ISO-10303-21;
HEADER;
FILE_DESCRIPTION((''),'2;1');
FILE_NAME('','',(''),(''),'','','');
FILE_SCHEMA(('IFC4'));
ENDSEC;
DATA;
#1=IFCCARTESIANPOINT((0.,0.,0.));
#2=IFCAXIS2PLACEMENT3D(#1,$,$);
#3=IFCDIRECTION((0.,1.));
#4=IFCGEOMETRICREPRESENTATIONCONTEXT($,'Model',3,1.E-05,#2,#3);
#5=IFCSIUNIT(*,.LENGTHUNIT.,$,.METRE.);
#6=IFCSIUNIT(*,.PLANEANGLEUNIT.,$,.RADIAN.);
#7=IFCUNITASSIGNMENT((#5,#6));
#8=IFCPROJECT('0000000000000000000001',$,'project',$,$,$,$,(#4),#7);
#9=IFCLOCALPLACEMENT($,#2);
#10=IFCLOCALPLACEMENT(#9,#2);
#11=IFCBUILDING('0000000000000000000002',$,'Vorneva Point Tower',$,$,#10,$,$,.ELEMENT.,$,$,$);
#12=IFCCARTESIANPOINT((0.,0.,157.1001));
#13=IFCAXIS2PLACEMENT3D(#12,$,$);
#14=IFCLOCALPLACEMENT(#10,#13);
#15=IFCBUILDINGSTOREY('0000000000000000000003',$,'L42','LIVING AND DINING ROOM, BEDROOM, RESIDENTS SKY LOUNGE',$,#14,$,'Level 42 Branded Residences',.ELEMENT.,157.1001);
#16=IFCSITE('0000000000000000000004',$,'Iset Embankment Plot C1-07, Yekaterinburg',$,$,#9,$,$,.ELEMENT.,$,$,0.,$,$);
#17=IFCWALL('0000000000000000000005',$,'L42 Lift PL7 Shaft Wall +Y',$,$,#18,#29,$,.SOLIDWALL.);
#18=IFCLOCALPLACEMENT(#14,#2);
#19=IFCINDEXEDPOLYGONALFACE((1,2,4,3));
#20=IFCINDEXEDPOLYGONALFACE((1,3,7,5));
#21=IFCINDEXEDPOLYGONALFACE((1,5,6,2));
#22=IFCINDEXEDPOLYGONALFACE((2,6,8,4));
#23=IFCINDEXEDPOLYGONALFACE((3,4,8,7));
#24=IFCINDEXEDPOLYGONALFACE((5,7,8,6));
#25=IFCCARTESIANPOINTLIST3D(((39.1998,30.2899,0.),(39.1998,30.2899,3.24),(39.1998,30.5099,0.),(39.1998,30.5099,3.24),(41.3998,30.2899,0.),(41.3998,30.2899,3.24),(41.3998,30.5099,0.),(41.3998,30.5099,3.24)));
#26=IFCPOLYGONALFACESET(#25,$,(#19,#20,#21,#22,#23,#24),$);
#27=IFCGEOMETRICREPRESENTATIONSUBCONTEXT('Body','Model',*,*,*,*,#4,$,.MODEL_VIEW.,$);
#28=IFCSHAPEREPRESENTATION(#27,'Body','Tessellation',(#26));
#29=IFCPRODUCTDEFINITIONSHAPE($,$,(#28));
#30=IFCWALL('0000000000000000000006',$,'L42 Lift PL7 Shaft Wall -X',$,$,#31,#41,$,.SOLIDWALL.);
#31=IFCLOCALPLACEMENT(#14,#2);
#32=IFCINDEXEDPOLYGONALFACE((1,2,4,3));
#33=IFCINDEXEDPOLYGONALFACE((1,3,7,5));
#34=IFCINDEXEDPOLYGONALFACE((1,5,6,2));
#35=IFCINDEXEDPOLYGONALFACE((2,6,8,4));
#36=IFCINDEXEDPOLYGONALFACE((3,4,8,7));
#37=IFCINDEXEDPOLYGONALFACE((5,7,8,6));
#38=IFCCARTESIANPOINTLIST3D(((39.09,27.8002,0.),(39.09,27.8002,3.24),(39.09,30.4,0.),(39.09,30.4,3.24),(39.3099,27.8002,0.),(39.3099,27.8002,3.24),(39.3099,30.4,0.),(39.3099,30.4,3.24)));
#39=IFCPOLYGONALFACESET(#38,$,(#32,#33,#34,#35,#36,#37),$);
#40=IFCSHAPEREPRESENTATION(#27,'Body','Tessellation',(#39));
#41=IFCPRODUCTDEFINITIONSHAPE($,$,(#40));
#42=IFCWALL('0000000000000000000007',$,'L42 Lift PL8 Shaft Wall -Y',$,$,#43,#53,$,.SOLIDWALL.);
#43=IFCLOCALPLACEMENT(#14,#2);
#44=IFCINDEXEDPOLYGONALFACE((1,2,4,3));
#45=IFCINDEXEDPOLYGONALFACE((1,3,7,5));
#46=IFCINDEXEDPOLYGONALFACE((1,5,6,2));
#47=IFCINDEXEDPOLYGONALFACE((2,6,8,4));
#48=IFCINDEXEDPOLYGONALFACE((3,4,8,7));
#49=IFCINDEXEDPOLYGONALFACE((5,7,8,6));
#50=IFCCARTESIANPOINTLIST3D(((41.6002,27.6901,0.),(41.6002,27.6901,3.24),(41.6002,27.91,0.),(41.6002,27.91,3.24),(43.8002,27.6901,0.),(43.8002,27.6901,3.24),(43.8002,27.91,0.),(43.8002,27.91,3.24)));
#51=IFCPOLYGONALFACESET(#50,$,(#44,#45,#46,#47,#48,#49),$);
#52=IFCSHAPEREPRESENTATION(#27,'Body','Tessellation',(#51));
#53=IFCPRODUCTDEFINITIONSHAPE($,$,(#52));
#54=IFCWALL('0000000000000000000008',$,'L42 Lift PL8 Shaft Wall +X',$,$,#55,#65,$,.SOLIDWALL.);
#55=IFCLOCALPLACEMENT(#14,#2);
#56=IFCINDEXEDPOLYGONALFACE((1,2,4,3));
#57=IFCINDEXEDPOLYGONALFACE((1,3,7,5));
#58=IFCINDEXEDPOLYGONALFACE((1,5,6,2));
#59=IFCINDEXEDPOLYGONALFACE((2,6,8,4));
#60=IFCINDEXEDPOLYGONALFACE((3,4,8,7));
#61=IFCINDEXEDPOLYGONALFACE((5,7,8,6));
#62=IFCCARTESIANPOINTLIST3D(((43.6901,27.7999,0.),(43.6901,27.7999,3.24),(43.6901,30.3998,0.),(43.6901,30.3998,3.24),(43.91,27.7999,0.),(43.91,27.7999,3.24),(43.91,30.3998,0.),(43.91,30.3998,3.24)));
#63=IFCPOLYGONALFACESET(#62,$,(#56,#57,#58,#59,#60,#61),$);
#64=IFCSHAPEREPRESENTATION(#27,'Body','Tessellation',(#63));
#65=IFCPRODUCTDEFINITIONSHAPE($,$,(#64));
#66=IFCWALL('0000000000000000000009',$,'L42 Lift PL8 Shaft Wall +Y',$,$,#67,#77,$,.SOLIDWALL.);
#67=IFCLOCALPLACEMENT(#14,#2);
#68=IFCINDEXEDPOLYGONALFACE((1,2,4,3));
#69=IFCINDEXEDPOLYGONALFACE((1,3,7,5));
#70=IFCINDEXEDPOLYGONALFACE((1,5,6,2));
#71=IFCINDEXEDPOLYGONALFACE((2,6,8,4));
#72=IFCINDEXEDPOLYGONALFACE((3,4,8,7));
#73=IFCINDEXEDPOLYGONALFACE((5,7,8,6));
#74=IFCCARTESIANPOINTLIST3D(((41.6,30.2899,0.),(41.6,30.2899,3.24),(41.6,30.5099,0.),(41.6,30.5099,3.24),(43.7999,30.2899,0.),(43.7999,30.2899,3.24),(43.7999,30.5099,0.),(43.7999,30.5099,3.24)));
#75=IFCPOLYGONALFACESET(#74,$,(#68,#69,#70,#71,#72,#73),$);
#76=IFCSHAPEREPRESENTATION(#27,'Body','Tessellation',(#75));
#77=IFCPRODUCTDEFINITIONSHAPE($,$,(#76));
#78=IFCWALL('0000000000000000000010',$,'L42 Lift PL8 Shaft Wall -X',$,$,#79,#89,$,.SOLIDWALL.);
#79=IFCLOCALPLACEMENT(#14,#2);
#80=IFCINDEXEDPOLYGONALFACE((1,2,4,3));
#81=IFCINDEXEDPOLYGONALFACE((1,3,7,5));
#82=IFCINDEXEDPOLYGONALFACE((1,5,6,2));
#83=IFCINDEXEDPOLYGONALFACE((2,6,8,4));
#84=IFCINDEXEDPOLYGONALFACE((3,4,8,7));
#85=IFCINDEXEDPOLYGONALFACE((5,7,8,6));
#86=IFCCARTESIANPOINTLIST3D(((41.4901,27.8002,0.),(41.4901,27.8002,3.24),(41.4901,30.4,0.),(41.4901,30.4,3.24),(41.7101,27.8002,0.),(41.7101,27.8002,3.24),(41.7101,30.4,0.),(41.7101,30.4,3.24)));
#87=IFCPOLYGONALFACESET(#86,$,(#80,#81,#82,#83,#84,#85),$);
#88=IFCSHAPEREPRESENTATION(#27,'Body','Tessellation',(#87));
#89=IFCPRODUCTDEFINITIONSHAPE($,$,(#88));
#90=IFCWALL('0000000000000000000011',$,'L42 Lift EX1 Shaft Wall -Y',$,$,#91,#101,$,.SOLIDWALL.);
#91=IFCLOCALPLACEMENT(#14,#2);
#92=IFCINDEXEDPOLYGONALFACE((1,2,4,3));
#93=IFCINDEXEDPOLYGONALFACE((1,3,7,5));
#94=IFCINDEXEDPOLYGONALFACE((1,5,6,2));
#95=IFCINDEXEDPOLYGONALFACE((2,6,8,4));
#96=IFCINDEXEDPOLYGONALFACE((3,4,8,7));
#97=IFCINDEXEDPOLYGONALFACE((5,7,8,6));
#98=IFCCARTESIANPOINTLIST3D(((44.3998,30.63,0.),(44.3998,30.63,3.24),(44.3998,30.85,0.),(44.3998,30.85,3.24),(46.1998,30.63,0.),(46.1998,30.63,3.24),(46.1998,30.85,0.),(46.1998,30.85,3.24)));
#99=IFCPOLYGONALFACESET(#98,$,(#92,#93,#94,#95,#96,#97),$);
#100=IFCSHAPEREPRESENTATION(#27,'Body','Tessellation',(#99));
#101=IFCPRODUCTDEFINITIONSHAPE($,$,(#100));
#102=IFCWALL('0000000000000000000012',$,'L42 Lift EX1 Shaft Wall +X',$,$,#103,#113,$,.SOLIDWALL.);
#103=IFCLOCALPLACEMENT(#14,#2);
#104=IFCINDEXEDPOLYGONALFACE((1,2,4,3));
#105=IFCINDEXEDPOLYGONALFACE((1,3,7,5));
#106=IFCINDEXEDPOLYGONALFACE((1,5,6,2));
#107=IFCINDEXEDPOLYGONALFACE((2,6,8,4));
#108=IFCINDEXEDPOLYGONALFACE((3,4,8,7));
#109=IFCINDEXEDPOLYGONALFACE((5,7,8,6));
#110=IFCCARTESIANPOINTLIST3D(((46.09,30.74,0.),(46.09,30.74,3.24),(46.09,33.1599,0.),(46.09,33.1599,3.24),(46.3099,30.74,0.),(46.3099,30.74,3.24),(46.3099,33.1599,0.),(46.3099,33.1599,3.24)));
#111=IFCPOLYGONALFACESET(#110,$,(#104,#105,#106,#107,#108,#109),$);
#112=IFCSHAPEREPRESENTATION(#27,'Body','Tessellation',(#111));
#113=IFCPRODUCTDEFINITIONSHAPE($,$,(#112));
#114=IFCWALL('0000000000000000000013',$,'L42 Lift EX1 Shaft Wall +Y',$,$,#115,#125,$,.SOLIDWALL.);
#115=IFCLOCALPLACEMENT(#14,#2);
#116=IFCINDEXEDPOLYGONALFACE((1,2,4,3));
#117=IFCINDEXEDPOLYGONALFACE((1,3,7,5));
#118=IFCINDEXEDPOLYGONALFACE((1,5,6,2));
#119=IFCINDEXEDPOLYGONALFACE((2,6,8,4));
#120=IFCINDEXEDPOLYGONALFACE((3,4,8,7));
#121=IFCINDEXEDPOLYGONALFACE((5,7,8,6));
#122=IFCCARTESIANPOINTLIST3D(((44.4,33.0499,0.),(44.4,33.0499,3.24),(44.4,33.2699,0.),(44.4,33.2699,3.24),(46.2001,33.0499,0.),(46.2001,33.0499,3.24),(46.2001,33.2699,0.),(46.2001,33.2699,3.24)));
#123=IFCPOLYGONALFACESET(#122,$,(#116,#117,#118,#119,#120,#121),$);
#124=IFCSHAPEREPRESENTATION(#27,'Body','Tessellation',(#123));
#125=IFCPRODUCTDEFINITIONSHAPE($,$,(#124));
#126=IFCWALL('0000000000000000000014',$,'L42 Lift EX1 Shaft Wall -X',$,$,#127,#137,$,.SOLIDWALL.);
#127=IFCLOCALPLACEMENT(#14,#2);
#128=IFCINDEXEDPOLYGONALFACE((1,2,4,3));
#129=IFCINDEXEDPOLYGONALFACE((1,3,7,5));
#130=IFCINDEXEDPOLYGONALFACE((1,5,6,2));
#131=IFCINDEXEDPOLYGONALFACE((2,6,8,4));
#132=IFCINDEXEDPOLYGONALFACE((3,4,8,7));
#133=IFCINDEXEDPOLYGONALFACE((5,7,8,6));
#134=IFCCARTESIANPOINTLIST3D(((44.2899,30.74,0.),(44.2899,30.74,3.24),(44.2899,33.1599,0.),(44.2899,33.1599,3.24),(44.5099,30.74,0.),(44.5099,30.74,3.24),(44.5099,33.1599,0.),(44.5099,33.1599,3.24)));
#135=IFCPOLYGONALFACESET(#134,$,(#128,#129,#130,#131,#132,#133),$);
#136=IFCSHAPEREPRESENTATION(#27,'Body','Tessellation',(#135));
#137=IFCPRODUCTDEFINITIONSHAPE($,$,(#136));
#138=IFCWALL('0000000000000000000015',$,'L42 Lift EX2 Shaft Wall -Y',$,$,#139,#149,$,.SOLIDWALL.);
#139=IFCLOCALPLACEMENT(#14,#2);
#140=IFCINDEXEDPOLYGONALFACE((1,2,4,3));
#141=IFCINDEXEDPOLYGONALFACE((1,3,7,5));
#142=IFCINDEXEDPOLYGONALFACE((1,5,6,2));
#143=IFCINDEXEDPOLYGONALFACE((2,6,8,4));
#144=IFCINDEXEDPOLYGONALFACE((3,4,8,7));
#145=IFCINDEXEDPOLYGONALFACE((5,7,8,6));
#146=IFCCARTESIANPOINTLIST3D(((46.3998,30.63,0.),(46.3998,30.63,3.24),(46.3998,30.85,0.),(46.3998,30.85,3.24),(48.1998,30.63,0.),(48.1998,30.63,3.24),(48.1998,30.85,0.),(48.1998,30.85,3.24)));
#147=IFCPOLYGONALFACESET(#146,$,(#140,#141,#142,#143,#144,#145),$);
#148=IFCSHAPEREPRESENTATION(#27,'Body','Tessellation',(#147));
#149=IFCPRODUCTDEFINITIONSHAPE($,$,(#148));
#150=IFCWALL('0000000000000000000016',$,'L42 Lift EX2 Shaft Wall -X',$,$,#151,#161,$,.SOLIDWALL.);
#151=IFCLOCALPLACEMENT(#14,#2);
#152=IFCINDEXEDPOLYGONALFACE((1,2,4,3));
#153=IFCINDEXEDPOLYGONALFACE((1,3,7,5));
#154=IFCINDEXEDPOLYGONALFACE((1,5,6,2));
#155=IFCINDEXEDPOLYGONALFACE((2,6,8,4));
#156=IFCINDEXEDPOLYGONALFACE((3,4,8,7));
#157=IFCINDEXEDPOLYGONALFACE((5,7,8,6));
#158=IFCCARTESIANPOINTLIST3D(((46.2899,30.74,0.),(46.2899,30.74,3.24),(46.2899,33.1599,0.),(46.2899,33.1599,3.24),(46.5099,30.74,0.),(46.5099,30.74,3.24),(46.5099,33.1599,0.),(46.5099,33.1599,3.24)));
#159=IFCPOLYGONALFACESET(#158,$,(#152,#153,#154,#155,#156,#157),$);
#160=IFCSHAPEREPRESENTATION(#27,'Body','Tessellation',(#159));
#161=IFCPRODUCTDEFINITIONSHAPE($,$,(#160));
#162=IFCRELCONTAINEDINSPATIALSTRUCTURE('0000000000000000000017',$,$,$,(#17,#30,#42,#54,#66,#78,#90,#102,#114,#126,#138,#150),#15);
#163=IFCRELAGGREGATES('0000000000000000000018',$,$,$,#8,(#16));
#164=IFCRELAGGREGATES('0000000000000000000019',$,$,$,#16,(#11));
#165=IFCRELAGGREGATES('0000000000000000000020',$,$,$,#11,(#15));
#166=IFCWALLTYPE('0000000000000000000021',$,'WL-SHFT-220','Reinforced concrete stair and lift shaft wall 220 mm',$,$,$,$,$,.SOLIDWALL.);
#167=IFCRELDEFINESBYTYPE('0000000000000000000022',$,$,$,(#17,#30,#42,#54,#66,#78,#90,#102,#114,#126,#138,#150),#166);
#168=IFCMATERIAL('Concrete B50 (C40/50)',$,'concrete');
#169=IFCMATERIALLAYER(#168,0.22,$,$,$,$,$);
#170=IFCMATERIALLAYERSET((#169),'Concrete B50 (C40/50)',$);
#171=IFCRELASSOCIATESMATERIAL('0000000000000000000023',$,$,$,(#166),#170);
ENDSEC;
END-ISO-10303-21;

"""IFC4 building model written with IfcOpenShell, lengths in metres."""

from ifc_helpers import new_model, si_unit, direction, frame, frame_2d, origin, place, context, subcontext, project, spatial, rectangle, extrude, material, layer, layer_set, type_object, element, save


model = new_model("IFC4")

# Units and contexts
model_context = context("Model", 3, precision=1e-05, world=origin(), true_north=direction((0.0, 1.0)))
body_context = subcontext(model_context, "Body", "Model", "MODEL_VIEW")
ifc_project = project(units=[si_unit("LENGTHUNIT", "METRE"), si_unit("PLANEANGLEUNIT", "RADIAN")], contexts=[model_context])

# Site, building, storey
site_placement = place(None, origin())
site = spatial("IfcSite", under=ifc_project, at=site_placement, Name="Iset Embankment Plot C1-07, Yekaterinburg", CompositionType="ELEMENT", RefElevation=0.0)
building_placement = place(site_placement, origin())
building = spatial("IfcBuilding", under=site, at=building_placement, Name="Vorneva Point Tower", CompositionType="ELEMENT")
storey_placement = place(building_placement, frame((0.0, 0.0, 157.1001)))
storey = spatial("IfcBuildingStorey", under=building, at=storey_placement, Name="L42", Description="LIVING AND DINING ROOM, BEDROOM, RESIDENTS SKY LOUNGE", LongName="Level 42 Branded Residences", CompositionType="ELEMENT", Elevation=157.1001)

# Walls
ifc_material_1 = material(Name="Concrete B50 (C40/50)", Category="concrete")
ifc_layer_1 = layer(ifc_material_1, 0.22)
ifc_layer_set_1 = layer_set([ifc_layer_1], Name="Concrete B50 (C40/50)")
wall_type_1 = type_object("IfcWallType", Name="WL-SHFT-220", Description="Reinforced concrete stair and lift shaft wall 220 mm", PredefinedType="SOLIDWALL", material=ifc_layer_set_1)
wall_1_placement = place(storey_placement, frame((41.3999, 30.3999, 0.0), z_axis=(0.0, 0.0, 1.0), x_axis=(-1.0, 0.0, 0.0)))
element("IfcWall", 1, at=wall_1_placement, inside=storey, type_object=wall_type_1, Name="L42 Lift PL7 Shaft Wall +Y", PredefinedType="SOLIDWALL", context=body_context, shape_type="SweptSolid", body=[
    extrude(rectangle(XDim=2.2, YDim=0.22, at=frame_2d((1.1001, 0.0))), origin(), (0.0, 0.0, 1.0), 3.24),
])
wall_2_placement = place(storey_placement, frame((39.2, 30.3999, 0.0), z_axis=(0.0, 0.0, 1.0), x_axis=(0.0, -1.0, 0.0)))
element("IfcWall", 2, at=wall_2_placement, inside=storey, type_object=wall_type_1, Name="L42 Lift PL7 Shaft Wall -X", PredefinedType="SOLIDWALL", context=body_context, shape_type="SweptSolid", body=[
    extrude(rectangle(XDim=2.5999, YDim=0.22, at=frame_2d((1.2998, 0.0))), origin(), (0.0, 0.0, 1.0), 3.24),
])
wall_3_placement = place(storey_placement, frame((41.6001, 27.8, 0.0), z_axis=(0.0, 0.0, 1.0), x_axis=(1.0, 0.0, 0.0)))
element("IfcWall", 3, at=wall_3_placement, inside=storey, type_object=wall_type_1, Name="L42 Lift PL8 Shaft Wall -Y", PredefinedType="SOLIDWALL", context=body_context, shape_type="SweptSolid", body=[
    extrude(rectangle(XDim=2.2, YDim=0.22, at=frame_2d((1.1001, 0.0))), origin(), (0.0, 0.0, 1.0), 3.24),
])
wall_4_placement = place(storey_placement, frame((43.8, 27.8, 0.0), z_axis=(0.0, 0.0, 1.0), x_axis=(0.0, 1.0, 0.0)))
element("IfcWall", 4, at=wall_4_placement, inside=storey, type_object=wall_type_1, Name="L42 Lift PL8 Shaft Wall +X", PredefinedType="SOLIDWALL", context=body_context, shape_type="SweptSolid", body=[
    extrude(rectangle(XDim=2.5999, YDim=0.22, at=frame_2d((1.2998, 0.0))), origin(), (0.0, 0.0, 1.0), 3.24),
])
wall_5_placement = place(storey_placement, frame((43.8, 30.3999, 0.0), z_axis=(0.0, 0.0, 1.0), x_axis=(-1.0, 0.0, 0.0)))
element("IfcWall", 5, at=wall_5_placement, inside=storey, type_object=wall_type_1, Name="L42 Lift PL8 Shaft Wall +Y", PredefinedType="SOLIDWALL", context=body_context, shape_type="SweptSolid", body=[
    extrude(rectangle(XDim=2.2, YDim=0.22, at=frame_2d((1.1001, 0.0))), origin(), (0.0, 0.0, 1.0), 3.24),
])
wall_6_placement = place(storey_placement, frame((41.6001, 30.3999, 0.0), z_axis=(0.0, 0.0, 1.0), x_axis=(0.0, -1.0, 0.0)))
element("IfcWall", 6, at=wall_6_placement, inside=storey, type_object=wall_type_1, Name="L42 Lift PL8 Shaft Wall -X", PredefinedType="SOLIDWALL", context=body_context, shape_type="SweptSolid", body=[
    extrude(rectangle(XDim=2.5999, YDim=0.22, at=frame_2d((1.2998, 0.0))), origin(), (0.0, 0.0, 1.0), 3.24),
])
wall_7_placement = place(storey_placement, frame((44.3999, 30.74, 0.0), z_axis=(0.0, 0.0, 1.0), x_axis=(1.0, 0.0, 0.0)))
element("IfcWall", 7, at=wall_7_placement, inside=storey, type_object=wall_type_1, Name="L42 Lift EX1 Shaft Wall -Y", PredefinedType="SOLIDWALL", context=body_context, shape_type="SweptSolid", body=[
    extrude(rectangle(XDim=1.8, YDim=0.22, at=frame_2d((0.8999, 0.0))), origin(), (0.0, 0.0, 1.0), 3.24),
])
wall_8_placement = place(storey_placement, frame((46.2, 30.74, 0.0), z_axis=(0.0, 0.0, 1.0), x_axis=(0.0, 1.0, 0.0)))
element("IfcWall", 8, at=wall_8_placement, inside=storey, type_object=wall_type_1, Name="L42 Lift EX1 Shaft Wall +X", PredefinedType="SOLIDWALL", context=body_context, shape_type="SweptSolid", body=[
    extrude(rectangle(XDim=2.4199, YDim=0.22, at=frame_2d((1.21, 0.0))), origin(), (0.0, 0.0, 1.0), 3.24),
])
wall_9_placement = place(storey_placement, frame((46.2, 33.1599, 0.0), z_axis=(0.0, 0.0, 1.0), x_axis=(-1.0, 0.0, 0.0)))
element("IfcWall", 9, at=wall_9_placement, inside=storey, type_object=wall_type_1, Name="L42 Lift EX1 Shaft Wall +Y", PredefinedType="SOLIDWALL", context=body_context, shape_type="SweptSolid", body=[
    extrude(rectangle(XDim=1.8, YDim=0.22, at=frame_2d((0.8999, 0.0))), origin(), (0.0, 0.0, 1.0), 3.24),
])
wall_10_placement = place(storey_placement, frame((44.3999, 33.1599, 0.0), z_axis=(0.0, 0.0, 1.0), x_axis=(0.0, -1.0, 0.0)))
element("IfcWall", 10, at=wall_10_placement, inside=storey, type_object=wall_type_1, Name="L42 Lift EX1 Shaft Wall -X", PredefinedType="SOLIDWALL", context=body_context, shape_type="SweptSolid", body=[
    extrude(rectangle(XDim=2.4199, YDim=0.22, at=frame_2d((1.21, 0.0))), origin(), (0.0, 0.0, 1.0), 3.24),
])
wall_11_placement = place(storey_placement, frame((46.3999, 30.74, 0.0), z_axis=(0.0, 0.0, 1.0), x_axis=(1.0, 0.0, 0.0)))
element("IfcWall", 11, at=wall_11_placement, inside=storey, type_object=wall_type_1, Name="L42 Lift EX2 Shaft Wall -Y", PredefinedType="SOLIDWALL", context=body_context, shape_type="SweptSolid", body=[
    extrude(rectangle(XDim=1.8, YDim=0.22, at=frame_2d((0.8999, 0.0))), origin(), (0.0, 0.0, 1.0), 3.24),
])
wall_12_placement = place(storey_placement, frame((46.3999, 33.1599, 0.0), z_axis=(0.0, 0.0, 1.0), x_axis=(0.0, -1.0, 0.0)))
element("IfcWall", 12, at=wall_12_placement, inside=storey, type_object=wall_type_1, Name="L42 Lift EX2 Shaft Wall -X", PredefinedType="SOLIDWALL", context=body_context, shape_type="SweptSolid", body=[
    extrude(rectangle(XDim=2.4199, YDim=0.22, at=frame_2d((1.21, 0.0))), origin(), (0.0, 0.0, 1.0), 3.24),
])

save(model, "model.ifc")
